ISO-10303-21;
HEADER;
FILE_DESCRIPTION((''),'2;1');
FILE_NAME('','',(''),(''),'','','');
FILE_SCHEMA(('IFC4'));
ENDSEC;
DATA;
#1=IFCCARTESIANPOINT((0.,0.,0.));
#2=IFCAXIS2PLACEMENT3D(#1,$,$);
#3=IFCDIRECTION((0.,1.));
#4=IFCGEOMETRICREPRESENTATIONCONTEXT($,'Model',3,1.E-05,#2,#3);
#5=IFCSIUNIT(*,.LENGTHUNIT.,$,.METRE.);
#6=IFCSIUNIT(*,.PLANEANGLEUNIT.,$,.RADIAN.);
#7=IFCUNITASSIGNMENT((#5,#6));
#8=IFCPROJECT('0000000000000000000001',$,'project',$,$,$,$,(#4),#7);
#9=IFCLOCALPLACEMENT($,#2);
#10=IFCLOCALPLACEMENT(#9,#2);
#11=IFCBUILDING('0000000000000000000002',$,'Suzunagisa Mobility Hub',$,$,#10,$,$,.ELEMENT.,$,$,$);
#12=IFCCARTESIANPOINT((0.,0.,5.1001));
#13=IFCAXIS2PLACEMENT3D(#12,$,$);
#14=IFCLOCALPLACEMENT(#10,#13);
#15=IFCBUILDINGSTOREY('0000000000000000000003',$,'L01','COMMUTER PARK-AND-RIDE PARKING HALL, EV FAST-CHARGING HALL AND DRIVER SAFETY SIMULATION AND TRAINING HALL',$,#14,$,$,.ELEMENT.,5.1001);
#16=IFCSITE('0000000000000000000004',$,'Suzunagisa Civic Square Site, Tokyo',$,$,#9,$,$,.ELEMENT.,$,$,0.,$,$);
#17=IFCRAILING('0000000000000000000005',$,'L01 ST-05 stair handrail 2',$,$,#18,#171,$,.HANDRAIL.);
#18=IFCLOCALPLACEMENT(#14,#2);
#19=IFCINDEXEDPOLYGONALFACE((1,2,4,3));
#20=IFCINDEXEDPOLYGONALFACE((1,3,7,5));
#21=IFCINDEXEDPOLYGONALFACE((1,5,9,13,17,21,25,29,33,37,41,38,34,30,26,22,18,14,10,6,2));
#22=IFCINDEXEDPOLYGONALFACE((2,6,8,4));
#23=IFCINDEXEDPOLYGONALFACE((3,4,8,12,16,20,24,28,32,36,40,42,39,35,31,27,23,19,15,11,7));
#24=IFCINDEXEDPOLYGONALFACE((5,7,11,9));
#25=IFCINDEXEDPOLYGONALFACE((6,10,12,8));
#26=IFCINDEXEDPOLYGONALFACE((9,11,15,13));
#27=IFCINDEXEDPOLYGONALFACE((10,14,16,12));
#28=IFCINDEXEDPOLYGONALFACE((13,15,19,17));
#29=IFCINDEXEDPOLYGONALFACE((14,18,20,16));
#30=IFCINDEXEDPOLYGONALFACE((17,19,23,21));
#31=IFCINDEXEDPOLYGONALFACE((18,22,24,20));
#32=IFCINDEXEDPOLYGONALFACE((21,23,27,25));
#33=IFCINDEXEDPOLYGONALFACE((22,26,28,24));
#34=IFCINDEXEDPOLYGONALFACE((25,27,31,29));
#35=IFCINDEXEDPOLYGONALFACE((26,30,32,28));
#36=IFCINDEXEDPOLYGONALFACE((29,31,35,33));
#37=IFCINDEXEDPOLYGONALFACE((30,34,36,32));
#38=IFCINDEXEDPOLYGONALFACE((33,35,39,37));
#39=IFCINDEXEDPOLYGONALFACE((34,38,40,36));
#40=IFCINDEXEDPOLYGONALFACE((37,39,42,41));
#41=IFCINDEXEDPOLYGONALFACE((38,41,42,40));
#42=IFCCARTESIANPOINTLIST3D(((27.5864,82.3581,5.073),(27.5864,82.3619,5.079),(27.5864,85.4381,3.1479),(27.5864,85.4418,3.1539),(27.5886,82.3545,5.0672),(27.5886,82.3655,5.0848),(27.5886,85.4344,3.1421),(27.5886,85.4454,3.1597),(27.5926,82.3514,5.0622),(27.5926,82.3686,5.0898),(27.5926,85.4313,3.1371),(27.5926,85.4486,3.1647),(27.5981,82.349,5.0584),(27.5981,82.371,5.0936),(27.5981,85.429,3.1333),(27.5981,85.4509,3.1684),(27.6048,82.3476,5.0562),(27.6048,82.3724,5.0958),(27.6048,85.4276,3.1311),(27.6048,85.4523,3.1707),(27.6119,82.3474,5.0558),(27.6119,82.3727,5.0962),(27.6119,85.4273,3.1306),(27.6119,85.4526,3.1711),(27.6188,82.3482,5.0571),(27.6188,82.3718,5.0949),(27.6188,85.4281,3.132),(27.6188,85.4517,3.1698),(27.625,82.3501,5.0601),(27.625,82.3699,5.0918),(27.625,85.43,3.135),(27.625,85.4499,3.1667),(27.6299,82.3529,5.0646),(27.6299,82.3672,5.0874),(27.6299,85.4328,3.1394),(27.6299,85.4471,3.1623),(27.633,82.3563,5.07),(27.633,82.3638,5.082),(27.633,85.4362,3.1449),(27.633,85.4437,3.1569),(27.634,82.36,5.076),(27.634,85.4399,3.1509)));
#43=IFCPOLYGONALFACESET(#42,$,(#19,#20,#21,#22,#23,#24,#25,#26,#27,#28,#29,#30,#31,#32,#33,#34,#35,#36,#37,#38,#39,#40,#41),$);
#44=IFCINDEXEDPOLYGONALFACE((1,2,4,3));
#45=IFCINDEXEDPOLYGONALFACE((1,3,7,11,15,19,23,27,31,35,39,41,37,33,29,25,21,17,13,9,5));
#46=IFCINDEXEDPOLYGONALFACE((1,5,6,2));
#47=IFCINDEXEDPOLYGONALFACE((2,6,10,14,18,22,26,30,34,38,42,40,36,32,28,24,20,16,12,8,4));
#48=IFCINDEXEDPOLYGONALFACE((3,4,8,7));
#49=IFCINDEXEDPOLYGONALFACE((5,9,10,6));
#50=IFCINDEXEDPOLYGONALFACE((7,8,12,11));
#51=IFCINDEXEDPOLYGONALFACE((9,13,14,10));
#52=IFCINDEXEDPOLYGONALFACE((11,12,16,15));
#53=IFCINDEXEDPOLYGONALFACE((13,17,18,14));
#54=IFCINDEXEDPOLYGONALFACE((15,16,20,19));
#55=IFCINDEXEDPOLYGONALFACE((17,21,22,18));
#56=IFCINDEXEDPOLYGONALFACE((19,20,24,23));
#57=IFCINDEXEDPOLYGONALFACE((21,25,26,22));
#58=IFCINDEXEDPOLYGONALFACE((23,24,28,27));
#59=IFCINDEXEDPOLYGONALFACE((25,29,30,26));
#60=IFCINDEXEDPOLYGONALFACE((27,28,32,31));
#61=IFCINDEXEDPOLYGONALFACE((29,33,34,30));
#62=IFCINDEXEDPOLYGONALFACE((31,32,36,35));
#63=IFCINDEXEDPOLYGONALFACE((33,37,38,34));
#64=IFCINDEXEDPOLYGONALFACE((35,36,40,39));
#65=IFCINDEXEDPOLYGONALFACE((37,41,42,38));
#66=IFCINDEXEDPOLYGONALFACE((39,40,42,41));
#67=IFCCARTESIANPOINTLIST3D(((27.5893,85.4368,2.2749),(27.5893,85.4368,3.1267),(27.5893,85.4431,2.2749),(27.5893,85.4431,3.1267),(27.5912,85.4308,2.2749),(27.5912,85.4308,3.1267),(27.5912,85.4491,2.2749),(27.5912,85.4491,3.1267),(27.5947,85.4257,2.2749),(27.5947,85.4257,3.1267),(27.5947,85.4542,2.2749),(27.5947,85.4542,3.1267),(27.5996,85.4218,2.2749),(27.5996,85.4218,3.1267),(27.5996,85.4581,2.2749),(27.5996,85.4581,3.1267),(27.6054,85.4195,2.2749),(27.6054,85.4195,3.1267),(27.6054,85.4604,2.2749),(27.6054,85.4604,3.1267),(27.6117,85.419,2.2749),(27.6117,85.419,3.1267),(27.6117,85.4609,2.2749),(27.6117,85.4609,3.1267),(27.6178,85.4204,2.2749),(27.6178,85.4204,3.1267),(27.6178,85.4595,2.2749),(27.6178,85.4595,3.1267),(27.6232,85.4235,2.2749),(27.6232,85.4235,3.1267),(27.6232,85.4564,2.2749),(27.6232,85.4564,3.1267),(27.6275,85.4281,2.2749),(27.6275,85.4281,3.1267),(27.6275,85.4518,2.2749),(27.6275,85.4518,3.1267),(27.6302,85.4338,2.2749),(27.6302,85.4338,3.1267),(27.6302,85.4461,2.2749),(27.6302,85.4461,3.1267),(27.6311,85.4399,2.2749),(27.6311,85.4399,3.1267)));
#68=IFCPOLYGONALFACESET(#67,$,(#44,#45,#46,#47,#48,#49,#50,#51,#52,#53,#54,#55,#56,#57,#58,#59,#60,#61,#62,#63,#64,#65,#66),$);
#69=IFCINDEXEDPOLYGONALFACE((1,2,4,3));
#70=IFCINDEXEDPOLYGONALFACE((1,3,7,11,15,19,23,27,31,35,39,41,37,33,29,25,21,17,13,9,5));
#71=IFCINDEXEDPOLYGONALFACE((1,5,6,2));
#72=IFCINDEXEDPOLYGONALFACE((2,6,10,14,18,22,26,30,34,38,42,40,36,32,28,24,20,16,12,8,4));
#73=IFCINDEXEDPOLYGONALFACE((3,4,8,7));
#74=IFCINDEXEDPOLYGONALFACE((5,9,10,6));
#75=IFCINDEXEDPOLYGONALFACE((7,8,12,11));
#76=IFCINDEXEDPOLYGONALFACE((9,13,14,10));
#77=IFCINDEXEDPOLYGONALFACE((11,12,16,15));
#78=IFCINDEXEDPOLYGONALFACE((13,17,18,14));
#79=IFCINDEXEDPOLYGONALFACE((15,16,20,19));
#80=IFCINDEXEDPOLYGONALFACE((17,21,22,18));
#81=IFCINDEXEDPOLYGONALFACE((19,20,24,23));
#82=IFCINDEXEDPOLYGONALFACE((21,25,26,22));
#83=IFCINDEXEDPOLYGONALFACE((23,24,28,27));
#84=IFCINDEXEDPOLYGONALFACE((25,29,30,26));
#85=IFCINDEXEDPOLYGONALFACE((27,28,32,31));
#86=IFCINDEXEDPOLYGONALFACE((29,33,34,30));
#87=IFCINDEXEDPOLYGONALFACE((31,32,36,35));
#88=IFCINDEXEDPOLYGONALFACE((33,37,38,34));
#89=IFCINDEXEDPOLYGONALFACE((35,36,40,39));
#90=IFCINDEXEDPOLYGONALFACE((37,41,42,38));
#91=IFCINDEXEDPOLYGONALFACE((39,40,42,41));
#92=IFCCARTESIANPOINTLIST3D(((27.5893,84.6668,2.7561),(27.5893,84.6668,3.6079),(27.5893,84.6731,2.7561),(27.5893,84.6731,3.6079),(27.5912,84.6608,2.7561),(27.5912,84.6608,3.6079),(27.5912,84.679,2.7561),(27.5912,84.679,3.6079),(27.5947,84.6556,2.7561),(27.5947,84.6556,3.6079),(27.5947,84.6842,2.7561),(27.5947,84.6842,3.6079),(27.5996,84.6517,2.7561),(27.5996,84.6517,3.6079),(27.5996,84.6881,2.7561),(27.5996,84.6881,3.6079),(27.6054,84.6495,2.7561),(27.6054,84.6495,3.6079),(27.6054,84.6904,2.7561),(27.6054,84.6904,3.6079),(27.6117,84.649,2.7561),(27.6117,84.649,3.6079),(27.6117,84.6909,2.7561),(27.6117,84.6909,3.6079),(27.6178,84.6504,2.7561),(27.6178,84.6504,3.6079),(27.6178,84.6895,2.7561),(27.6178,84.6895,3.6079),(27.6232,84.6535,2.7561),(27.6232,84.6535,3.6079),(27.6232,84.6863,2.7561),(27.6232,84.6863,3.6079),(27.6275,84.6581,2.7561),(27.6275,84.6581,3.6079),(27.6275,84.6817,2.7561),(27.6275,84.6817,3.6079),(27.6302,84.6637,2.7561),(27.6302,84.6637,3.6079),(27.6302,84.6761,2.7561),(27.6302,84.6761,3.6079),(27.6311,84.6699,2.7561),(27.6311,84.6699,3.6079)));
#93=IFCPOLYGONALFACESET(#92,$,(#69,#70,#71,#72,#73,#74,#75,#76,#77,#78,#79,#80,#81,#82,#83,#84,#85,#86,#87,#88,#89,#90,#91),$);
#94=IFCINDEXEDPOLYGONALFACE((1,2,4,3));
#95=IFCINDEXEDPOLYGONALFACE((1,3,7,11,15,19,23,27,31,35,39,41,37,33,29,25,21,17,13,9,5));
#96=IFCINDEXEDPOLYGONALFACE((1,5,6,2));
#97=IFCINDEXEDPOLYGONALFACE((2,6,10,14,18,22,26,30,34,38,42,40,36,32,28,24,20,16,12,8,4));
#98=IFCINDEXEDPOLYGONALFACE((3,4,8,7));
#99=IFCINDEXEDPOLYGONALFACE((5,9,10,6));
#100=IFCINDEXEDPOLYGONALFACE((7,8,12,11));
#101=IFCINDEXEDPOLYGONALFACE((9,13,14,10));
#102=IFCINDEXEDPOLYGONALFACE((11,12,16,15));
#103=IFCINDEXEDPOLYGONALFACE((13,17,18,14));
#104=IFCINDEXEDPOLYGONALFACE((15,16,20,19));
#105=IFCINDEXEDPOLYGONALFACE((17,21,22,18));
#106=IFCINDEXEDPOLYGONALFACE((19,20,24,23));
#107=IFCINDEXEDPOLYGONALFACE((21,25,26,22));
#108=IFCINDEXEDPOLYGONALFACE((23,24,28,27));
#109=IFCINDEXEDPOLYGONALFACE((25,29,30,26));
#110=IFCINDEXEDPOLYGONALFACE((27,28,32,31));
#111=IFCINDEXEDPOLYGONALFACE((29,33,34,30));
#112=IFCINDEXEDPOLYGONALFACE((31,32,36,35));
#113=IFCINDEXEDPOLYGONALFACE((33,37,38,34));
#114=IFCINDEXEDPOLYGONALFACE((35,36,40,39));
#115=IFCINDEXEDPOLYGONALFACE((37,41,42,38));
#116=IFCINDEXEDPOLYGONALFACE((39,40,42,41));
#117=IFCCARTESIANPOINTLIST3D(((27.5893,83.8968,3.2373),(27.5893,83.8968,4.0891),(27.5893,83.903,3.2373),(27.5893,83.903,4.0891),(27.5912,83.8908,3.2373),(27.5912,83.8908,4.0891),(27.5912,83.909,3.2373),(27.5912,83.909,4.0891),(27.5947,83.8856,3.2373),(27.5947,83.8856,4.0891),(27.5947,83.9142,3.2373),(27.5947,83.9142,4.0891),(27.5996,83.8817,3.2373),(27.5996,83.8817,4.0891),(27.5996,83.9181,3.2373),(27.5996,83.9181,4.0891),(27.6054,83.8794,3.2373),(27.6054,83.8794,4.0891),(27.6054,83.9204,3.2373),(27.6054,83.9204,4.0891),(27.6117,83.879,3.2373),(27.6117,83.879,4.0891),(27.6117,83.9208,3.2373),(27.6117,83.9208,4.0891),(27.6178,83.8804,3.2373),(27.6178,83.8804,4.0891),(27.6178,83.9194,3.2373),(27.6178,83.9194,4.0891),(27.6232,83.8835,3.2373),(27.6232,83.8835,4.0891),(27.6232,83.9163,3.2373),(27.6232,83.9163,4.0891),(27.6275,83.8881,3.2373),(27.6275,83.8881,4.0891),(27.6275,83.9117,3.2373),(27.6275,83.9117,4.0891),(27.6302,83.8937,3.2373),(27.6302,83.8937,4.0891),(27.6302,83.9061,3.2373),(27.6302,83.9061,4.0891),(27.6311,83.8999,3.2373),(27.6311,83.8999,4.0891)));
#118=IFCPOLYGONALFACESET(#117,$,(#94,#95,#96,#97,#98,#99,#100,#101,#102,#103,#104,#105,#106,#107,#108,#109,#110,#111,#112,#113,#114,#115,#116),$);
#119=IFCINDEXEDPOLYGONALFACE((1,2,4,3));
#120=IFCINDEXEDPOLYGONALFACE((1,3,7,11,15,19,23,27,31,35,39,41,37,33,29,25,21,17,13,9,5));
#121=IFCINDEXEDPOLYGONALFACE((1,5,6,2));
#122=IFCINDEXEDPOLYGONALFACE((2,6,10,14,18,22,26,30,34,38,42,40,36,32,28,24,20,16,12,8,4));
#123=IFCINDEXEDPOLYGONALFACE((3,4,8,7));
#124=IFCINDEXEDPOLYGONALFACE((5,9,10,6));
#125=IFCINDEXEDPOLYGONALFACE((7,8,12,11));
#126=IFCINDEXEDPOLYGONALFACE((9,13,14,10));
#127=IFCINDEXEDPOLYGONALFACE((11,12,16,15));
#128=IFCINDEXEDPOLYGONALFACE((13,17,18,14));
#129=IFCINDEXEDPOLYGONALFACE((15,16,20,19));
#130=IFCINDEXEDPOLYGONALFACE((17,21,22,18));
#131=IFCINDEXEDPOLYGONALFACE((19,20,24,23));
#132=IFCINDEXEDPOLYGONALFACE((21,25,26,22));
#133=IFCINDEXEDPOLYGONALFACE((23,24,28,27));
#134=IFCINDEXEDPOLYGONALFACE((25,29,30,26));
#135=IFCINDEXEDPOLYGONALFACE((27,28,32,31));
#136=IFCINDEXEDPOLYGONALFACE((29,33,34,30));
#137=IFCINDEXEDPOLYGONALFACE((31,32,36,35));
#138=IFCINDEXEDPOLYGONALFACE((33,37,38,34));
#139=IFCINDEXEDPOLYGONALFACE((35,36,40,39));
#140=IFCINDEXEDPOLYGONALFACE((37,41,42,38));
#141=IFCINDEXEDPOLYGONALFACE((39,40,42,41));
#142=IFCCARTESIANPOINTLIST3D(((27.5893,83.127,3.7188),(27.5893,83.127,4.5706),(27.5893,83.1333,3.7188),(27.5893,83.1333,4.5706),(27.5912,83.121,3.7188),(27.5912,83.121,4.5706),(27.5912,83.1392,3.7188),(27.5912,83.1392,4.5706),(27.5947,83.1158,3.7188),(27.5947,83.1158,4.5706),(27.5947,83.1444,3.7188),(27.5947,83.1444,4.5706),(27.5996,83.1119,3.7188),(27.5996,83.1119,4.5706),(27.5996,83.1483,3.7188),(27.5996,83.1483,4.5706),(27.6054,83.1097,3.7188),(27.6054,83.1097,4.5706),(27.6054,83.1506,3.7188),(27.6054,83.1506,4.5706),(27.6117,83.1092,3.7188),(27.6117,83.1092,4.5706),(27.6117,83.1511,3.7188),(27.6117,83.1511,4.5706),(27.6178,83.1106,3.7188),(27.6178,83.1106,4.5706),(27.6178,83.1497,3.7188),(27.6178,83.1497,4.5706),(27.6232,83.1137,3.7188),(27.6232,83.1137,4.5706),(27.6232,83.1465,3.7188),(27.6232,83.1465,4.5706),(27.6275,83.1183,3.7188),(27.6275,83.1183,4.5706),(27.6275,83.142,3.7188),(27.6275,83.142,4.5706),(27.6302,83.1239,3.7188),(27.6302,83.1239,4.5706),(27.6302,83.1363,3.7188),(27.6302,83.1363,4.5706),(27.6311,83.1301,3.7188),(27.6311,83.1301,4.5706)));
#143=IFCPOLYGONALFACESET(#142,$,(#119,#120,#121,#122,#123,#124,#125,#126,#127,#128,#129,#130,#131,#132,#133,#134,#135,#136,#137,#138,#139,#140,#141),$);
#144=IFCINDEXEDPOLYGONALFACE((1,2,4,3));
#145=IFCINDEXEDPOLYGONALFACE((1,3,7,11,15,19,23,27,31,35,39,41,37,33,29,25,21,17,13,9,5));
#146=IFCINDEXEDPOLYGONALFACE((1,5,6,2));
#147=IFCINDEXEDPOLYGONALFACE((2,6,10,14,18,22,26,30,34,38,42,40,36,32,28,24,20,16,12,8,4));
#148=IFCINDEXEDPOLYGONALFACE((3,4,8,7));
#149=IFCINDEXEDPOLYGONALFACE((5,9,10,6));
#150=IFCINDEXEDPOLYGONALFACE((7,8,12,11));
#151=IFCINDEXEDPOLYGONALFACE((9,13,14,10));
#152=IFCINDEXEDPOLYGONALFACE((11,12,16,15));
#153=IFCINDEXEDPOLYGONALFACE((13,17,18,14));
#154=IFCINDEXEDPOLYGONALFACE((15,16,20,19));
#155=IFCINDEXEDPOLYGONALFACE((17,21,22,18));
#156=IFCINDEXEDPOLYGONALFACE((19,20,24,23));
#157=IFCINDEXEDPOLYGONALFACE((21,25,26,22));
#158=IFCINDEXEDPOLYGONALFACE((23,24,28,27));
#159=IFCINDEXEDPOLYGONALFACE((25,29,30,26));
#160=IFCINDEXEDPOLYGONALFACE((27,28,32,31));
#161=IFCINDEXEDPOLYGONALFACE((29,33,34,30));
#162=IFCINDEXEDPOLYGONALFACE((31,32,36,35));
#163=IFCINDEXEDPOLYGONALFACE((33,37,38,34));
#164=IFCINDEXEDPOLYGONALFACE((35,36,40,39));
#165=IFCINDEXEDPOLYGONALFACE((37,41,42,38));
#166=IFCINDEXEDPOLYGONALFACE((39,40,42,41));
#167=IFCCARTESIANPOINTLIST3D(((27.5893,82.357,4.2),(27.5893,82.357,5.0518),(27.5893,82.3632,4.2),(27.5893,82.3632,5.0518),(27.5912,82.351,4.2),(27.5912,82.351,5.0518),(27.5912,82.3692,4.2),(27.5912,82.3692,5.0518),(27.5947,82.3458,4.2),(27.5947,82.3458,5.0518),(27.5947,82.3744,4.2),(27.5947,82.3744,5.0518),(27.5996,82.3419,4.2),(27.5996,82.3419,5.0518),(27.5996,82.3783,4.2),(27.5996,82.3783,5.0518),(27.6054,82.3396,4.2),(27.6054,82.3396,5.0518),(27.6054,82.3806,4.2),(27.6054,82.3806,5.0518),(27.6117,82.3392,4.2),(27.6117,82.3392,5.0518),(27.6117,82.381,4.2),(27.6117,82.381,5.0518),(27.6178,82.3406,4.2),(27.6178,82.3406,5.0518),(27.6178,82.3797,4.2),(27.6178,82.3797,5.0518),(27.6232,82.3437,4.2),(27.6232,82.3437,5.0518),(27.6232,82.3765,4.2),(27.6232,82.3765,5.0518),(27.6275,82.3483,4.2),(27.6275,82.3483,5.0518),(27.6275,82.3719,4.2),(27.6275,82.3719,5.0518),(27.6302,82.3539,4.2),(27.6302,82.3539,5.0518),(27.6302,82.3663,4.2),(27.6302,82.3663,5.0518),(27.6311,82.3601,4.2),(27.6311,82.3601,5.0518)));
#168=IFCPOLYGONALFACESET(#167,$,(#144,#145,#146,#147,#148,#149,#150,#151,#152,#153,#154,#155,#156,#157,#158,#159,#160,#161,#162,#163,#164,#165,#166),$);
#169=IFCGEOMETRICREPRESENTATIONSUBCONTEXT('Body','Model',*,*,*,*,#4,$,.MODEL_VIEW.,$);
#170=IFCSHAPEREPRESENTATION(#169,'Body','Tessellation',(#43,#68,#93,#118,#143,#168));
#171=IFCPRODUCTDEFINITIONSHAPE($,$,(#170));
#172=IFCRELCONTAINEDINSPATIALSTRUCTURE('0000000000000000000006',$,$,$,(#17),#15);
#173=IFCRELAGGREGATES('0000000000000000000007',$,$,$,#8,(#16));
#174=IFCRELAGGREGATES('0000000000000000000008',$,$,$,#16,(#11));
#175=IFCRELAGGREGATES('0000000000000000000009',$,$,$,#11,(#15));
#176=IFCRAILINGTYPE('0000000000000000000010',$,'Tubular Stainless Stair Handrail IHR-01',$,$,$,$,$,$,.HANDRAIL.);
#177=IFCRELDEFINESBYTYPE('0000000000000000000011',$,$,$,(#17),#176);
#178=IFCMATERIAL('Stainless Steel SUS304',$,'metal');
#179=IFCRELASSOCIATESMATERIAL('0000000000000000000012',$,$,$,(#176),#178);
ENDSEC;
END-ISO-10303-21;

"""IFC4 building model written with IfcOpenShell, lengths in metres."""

from ifc_helpers import new_model, si_unit, direction, frame, origin, origin_2d, place, context, subcontext, project, spatial, circle, extrude, material, type_object, element, save


model = new_model("IFC4")

# Units and contexts
model_context = context("Model", 3, precision=1e-05, world=origin(), true_north=direction((0.0, 1.0)))
body_context = subcontext(model_context, "Body", "Model", "MODEL_VIEW")
ifc_project = project(units=[si_unit("LENGTHUNIT", "METRE"), si_unit("PLANEANGLEUNIT", "RADIAN")], contexts=[model_context])

# Site, building, storey
site_placement = place(None, origin())
site = spatial("IfcSite", under=ifc_project, at=site_placement, Name="Suzunagisa Civic Square Site, Tokyo", CompositionType="ELEMENT", RefElevation=0.0)
building_placement = place(site_placement, origin())
building = spatial("IfcBuilding", under=site, at=building_placement, Name="Suzunagisa Mobility Hub", CompositionType="ELEMENT")
storey_placement = place(building_placement, frame((0.0, 0.0, 5.1001)))
storey = spatial("IfcBuildingStorey", under=building, at=storey_placement, Name="L01", Description="COMMUTER PARK-AND-RIDE PARKING HALL, EV FAST-CHARGING HALL AND DRIVER SAFETY SIMULATION AND TRAINING HALL", CompositionType="ELEMENT", Elevation=5.1001)

# Railing
ifc_material_1 = material(Name="Stainless Steel SUS304", Category="metal")
railing_type_1 = type_object("IfcRailingType", Name="Tubular Stainless Stair Handrail IHR-01", PredefinedType="HANDRAIL", material=ifc_material_1)
railing_1_placement = place(storey_placement, frame((27.6101, 85.4399, 2.2749)))
element("IfcRailing", 1, at=railing_1_placement, inside=storey, type_object=railing_type_1, Name="L01 ST-05 stair handrail 2", PredefinedType="HANDRAIL", context=body_context, shape_type="SweptSolid", body=[
    extrude(circle(Radius=0.0239, at=origin_2d()), frame((0.0, 0.0, 0.876), z_axis=(0.0, -0.847979, 0.530029), x_axis=(1.0, 0.0, 0.0)), (0.0, 0.0, 1.0), 3.6321),
    extrude(circle(Radius=0.021, at=origin_2d()), origin(), (0.0, 0.0, 1.0), 0.8518),
    extrude(circle(Radius=0.021, at=origin_2d()), frame((0.0, -0.77, 0.4812)), (0.0, 0.0, 1.0), 0.8518),
    extrude(circle(Radius=0.021, at=origin_2d()), frame((0.0, -1.54, 0.9624)), (0.0, 0.0, 1.0), 0.8518),
    extrude(circle(Radius=0.021, at=origin_2d()), frame((0.0, -2.3098, 1.4438)), (0.0, 0.0, 1.0), 0.8518),
    extrude(circle(Radius=0.021, at=origin_2d()), frame((0.0, -3.0798, 1.925)), (0.0, 0.0, 1.0), 0.8518),
])

save(model, "model.ifc")
